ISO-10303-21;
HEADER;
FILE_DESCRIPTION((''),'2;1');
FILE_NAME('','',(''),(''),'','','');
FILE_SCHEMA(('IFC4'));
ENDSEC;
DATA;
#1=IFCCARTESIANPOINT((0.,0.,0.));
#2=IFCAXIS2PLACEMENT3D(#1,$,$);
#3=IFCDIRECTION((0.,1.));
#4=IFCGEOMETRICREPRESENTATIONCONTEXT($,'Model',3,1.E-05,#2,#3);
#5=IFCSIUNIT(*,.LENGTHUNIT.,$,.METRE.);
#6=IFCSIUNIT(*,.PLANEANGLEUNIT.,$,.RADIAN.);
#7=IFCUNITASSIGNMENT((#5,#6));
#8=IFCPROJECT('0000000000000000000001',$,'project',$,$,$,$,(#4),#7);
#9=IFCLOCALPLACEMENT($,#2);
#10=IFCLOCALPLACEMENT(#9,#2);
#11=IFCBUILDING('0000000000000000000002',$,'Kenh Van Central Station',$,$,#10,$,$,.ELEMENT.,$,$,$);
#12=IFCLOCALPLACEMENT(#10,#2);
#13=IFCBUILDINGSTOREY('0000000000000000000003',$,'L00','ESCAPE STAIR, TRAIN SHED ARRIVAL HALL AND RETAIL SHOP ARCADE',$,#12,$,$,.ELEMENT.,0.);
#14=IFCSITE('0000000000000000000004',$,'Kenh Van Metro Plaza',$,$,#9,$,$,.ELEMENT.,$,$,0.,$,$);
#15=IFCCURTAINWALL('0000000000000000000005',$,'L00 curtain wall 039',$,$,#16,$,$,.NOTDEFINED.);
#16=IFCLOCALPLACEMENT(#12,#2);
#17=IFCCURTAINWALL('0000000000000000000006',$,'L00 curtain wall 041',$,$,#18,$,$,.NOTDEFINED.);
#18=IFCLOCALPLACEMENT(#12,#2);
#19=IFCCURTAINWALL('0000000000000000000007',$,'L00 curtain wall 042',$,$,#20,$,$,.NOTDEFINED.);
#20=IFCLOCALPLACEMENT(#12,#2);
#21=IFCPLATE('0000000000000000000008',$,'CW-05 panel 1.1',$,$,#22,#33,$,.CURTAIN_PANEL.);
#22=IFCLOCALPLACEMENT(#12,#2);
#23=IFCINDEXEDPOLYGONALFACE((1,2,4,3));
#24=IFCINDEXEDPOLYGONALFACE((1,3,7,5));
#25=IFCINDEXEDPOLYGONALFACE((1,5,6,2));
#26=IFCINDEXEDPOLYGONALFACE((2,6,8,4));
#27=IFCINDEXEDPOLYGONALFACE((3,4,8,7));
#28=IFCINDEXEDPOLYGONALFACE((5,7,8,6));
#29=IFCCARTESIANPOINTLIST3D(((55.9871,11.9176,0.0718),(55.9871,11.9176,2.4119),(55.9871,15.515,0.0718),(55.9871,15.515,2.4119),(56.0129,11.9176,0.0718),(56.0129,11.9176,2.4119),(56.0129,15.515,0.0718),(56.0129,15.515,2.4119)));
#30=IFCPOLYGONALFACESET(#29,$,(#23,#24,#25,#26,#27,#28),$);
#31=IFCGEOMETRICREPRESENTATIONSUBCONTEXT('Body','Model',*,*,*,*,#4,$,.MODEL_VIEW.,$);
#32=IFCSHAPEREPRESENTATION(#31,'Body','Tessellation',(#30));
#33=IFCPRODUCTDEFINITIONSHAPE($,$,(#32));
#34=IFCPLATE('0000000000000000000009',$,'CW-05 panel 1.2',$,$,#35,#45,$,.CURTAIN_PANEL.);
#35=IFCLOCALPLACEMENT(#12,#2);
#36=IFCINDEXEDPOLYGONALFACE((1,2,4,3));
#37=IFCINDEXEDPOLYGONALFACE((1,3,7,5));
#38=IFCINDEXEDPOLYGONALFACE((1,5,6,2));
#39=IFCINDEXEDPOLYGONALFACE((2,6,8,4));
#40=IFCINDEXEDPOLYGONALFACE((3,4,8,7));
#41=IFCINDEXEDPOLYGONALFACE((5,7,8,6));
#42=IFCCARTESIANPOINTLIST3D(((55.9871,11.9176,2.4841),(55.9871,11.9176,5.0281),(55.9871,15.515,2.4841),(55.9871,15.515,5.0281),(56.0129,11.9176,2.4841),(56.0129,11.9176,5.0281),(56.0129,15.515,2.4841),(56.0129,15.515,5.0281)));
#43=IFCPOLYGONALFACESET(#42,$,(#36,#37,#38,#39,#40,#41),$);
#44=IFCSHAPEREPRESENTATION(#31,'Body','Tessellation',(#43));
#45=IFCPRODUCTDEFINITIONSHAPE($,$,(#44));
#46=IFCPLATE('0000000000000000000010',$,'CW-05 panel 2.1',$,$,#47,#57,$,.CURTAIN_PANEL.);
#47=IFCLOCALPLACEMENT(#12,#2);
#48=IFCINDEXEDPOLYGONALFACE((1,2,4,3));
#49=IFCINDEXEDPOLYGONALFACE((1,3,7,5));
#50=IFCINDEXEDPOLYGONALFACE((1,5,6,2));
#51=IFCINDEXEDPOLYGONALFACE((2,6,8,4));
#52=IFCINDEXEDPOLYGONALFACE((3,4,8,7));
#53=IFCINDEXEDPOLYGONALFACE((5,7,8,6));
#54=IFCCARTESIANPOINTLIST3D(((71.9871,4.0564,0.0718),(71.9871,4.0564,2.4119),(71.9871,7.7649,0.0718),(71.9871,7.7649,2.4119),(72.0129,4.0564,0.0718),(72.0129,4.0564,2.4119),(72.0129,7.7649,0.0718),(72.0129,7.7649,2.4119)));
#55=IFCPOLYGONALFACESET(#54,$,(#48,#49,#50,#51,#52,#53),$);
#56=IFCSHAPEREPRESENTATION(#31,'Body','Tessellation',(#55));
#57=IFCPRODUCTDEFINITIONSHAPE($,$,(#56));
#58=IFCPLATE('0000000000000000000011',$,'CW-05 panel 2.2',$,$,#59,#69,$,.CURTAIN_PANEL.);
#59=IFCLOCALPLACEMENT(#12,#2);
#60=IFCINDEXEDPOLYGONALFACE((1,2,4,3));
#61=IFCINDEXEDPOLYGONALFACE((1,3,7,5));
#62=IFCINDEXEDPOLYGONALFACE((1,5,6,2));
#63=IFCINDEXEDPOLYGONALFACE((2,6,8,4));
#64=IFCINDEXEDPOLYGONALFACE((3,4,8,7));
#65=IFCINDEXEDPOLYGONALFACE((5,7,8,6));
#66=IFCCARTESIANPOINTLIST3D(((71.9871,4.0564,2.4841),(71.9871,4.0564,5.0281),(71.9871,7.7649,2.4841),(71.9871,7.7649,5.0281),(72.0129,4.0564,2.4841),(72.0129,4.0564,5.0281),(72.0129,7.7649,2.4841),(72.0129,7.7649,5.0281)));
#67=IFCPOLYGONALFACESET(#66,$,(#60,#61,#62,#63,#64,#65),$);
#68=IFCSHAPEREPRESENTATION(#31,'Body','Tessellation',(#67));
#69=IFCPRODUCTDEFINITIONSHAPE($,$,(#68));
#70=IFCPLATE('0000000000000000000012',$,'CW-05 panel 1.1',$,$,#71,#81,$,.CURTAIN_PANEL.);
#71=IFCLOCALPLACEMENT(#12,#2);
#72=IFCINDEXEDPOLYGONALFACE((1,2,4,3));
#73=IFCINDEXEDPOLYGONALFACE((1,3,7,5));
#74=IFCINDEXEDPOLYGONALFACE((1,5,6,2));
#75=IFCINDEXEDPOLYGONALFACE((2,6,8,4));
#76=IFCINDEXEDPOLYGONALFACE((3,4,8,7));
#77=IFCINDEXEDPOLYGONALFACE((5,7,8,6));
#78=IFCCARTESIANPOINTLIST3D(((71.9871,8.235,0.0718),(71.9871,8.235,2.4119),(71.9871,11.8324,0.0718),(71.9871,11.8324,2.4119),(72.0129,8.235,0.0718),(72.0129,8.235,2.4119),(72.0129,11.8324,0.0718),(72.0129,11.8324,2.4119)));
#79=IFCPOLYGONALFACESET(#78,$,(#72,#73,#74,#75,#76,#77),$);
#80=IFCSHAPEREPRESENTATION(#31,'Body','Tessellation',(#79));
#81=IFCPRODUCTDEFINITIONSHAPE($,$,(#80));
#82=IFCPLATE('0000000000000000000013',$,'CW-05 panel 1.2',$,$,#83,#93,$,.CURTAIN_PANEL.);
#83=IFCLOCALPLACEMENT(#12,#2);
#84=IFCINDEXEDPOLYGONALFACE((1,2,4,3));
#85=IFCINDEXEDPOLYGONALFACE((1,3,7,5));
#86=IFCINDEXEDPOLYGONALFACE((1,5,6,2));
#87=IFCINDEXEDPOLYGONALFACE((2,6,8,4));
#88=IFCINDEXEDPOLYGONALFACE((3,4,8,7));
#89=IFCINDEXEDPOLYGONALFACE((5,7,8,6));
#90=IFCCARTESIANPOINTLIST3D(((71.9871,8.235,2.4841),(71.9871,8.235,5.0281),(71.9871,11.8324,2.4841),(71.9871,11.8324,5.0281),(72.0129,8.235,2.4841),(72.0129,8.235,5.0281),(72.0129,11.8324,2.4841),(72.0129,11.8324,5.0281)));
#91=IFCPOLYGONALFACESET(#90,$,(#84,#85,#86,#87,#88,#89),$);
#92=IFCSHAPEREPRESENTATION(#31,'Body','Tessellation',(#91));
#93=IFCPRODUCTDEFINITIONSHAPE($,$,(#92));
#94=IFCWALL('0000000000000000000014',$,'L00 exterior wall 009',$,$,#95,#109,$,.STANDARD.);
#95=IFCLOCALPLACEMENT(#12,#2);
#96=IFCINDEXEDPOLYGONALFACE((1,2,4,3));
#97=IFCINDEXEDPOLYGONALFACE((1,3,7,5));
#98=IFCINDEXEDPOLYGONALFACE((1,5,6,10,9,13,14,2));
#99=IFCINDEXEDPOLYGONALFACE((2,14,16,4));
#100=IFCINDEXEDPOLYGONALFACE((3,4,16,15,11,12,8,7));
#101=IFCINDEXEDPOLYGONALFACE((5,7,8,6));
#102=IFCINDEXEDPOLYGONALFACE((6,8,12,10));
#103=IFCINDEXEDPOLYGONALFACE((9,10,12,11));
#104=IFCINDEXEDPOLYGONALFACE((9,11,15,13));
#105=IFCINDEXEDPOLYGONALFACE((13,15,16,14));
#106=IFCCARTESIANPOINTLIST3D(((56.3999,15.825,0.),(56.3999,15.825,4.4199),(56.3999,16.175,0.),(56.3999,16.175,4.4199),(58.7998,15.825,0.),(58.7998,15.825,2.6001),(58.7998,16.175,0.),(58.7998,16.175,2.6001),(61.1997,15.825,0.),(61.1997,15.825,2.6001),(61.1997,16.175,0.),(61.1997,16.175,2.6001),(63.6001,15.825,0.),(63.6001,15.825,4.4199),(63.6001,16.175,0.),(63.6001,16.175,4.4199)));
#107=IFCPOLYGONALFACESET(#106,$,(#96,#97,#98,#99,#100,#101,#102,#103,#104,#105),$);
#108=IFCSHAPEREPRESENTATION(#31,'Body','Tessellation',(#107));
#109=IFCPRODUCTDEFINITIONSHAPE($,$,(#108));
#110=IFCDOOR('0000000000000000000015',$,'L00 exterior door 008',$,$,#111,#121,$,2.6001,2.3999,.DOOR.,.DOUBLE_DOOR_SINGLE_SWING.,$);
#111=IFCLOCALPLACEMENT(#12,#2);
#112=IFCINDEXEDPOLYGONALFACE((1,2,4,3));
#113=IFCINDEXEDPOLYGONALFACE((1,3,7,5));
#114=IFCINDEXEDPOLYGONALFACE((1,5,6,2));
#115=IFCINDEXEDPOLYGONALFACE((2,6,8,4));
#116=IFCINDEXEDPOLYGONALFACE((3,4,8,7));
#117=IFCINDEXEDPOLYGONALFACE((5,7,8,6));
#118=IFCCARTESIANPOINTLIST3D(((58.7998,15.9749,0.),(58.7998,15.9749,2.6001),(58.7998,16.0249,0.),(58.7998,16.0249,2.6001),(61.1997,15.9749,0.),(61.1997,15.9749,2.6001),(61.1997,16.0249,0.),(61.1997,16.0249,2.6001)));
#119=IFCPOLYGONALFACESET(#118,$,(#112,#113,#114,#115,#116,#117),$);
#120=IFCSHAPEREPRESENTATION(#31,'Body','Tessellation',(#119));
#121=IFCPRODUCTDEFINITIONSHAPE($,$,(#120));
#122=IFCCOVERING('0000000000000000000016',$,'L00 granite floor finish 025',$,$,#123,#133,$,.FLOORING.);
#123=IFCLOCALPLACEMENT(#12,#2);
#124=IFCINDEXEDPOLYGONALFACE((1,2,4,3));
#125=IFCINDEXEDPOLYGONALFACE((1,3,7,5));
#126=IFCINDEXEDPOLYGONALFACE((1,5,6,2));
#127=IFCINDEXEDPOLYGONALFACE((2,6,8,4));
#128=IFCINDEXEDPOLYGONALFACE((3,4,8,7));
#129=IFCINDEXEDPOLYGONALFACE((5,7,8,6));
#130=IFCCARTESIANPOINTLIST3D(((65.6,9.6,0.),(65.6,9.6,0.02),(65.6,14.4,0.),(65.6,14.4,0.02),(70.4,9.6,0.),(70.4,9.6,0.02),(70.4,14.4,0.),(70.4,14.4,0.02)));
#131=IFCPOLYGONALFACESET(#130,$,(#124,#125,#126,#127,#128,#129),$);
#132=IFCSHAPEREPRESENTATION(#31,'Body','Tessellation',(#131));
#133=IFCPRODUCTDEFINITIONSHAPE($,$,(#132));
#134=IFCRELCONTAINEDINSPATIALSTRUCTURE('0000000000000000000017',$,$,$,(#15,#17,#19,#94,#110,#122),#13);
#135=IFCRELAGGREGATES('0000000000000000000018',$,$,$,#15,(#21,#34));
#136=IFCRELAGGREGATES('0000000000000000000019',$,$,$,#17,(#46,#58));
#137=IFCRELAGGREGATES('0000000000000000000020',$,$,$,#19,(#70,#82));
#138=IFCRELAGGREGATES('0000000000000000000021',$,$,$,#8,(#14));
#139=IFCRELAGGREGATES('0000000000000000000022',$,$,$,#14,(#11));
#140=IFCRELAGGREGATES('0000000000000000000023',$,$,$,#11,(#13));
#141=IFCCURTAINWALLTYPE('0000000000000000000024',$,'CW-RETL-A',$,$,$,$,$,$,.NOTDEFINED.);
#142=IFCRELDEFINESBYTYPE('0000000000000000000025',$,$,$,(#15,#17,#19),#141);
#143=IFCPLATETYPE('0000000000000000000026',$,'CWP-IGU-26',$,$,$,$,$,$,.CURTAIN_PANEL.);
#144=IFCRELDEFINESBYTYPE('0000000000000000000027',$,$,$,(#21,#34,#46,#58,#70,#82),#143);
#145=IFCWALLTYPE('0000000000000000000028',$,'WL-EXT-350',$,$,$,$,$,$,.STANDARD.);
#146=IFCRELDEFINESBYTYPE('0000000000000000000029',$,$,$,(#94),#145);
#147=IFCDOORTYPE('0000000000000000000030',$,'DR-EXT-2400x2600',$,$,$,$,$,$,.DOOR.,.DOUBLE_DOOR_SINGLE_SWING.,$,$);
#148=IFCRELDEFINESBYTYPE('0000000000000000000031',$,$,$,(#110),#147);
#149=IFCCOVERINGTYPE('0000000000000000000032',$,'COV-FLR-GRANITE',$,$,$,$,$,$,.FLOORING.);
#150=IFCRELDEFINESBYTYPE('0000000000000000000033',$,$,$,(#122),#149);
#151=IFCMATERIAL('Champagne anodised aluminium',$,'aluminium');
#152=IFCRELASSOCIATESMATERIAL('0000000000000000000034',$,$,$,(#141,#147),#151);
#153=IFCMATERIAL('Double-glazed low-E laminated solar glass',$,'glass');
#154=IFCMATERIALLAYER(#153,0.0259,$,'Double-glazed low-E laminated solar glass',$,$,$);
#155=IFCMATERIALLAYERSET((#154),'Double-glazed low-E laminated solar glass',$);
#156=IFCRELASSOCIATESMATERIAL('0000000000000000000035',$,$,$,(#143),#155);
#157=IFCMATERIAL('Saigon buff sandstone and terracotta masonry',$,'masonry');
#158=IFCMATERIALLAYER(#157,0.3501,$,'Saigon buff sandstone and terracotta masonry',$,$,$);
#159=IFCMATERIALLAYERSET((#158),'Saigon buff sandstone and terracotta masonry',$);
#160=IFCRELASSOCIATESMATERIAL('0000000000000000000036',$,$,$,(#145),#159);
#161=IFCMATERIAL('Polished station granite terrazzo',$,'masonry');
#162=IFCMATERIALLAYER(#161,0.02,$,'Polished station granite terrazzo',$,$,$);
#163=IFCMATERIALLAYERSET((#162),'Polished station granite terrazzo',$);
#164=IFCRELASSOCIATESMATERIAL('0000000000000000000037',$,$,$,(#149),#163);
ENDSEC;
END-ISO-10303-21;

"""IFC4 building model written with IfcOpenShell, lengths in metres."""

from ifc_helpers import new_model, si_unit, direction, frame, frame_2d, origin, origin_2d, place, context, subcontext, project, spatial, rectangle, extrude, material, layer, layer_set, type_object, element, fill, aggregate, save


model = new_model("IFC4")

# Units and contexts
model_context = context("Model", 3, precision=1e-05, world=origin(), true_north=direction((0.0, 1.0)))
body_context = subcontext(model_context, "Body", "Model", "MODEL_VIEW")
ifc_project = project(units=[si_unit("LENGTHUNIT", "METRE"), si_unit("PLANEANGLEUNIT", "RADIAN")], contexts=[model_context])

# Site, building, storey
site_placement = place(None, origin())
site = spatial("IfcSite", under=ifc_project, at=site_placement, Name="Kenh Van Metro Plaza", CompositionType="ELEMENT", RefElevation=0.0)
building_placement = place(site_placement, origin())
building = spatial("IfcBuilding", under=site, at=building_placement, Name="Kenh Van Central Station", CompositionType="ELEMENT")
storey_placement = place(building_placement, origin())
storey = spatial("IfcBuildingStorey", under=building, at=storey_placement, Name="L00", Description="ESCAPE STAIR, TRAIN SHED ARRIVAL HALL AND RETAIL SHOP ARCADE", CompositionType="ELEMENT", Elevation=0.0)

# Curtain wall
ifc_material_1 = material(Name="Champagne anodised aluminium", Category="aluminium")
curtain_wall_type = type_object("IfcCurtainWallType", Name="CW-RETL-A", PredefinedType="NOTDEFINED", material=ifc_material_1)
curtain_wall_1_placement = place(storey_placement, origin())
curtain_wall_1 = element("IfcCurtainWall", 1, at=curtain_wall_1_placement, inside=storey, type_object=curtain_wall_type, Name="L00 curtain wall 039", PredefinedType="NOTDEFINED")

# Curtain wall
curtain_wall_2_placement = place(storey_placement, origin())
curtain_wall_2 = element("IfcCurtainWall", 2, at=curtain_wall_2_placement, inside=storey, type_object=curtain_wall_type, Name="L00 curtain wall 041", PredefinedType="NOTDEFINED")

# Curtain wall
curtain_wall_3_placement = place(storey_placement, origin())
curtain_wall_3 = element("IfcCurtainWall", 3, at=curtain_wall_3_placement, inside=storey, type_object=curtain_wall_type, Name="L00 curtain wall 042", PredefinedType="NOTDEFINED")

# Plates
ifc_material_2 = material(Name="Double-glazed low-E laminated solar glass", Category="glass")
ifc_layer_1 = layer(ifc_material_2, 0.0259, Name="Double-glazed low-E laminated solar glass")
ifc_layer_set_1 = layer_set([ifc_layer_1], Name="Double-glazed low-E laminated solar glass")
plate_type = type_object("IfcPlateType", Name="CWP-IGU-26", PredefinedType="CURTAIN_PANEL", material=ifc_layer_set_1)
plate_1_placement = place(storey_placement, frame((56.0, 13.7163, 0.0718), z_axis=(0.0, 0.0, 1.0), x_axis=(0.0, -1.0, 0.0)))
plate_1 = element("IfcPlate", 4, at=plate_1_placement, type_object=plate_type, Name="CW-05 panel 1.1", PredefinedType="CURTAIN_PANEL", context=body_context, shape_type="SweptSolid", body=[
    extrude(rectangle(XDim=3.5974, YDim=0.0259, at=origin_2d()), origin(), (0.0, 0.0, 1.0), 2.3401),
])
plate_2_placement = place(storey_placement, frame((56.0, 13.7163, 2.4841), z_axis=(0.0, 0.0, 1.0), x_axis=(0.0, -1.0, 0.0)))
plate_2 = element("IfcPlate", 5, at=plate_2_placement, type_object=plate_type, Name="CW-05 panel 1.2", PredefinedType="CURTAIN_PANEL", context=body_context, shape_type="SweptSolid", body=[
    extrude(rectangle(XDim=3.5974, YDim=0.0259, at=origin_2d()), origin(), (0.0, 0.0, 1.0), 2.5439),
])
aggregate(curtain_wall_1, [plate_1, plate_2])
plate_3_placement = place(storey_placement, frame((72.0, 5.9106, 0.0718), z_axis=(0.0, 0.0, 1.0), x_axis=(0.0, 1.0, 0.0)))
plate_3 = element("IfcPlate", 6, at=plate_3_placement, type_object=plate_type, Name="CW-05 panel 2.1", PredefinedType="CURTAIN_PANEL", context=body_context, shape_type="SweptSolid", body=[
    extrude(rectangle(XDim=3.7085, YDim=0.0259, at=origin_2d()), origin(), (0.0, 0.0, 1.0), 2.3401),
])
plate_4_placement = place(storey_placement, frame((72.0, 5.9106, 2.4841), z_axis=(0.0, 0.0, 1.0), x_axis=(0.0, 1.0, 0.0)))
plate_4 = element("IfcPlate", 7, at=plate_4_placement, type_object=plate_type, Name="CW-05 panel 2.2", PredefinedType="CURTAIN_PANEL", context=body_context, shape_type="SweptSolid", body=[
    extrude(rectangle(XDim=3.7085, YDim=0.0259, at=origin_2d()), origin(), (0.0, 0.0, 1.0), 2.5439),
])
aggregate(curtain_wall_2, [plate_3, plate_4])
plate_5_placement = place(storey_placement, frame((72.0, 10.0337, 0.0718), z_axis=(0.0, 0.0, 1.0), x_axis=(0.0, 1.0, 0.0)))
plate_5 = element("IfcPlate", 8, at=plate_5_placement, type_object=plate_type, Name="CW-05 panel 1.1", PredefinedType="CURTAIN_PANEL", context=body_context, shape_type="SweptSolid", body=[
    extrude(rectangle(XDim=3.5974, YDim=0.0259, at=origin_2d()), origin(), (0.0, 0.0, 1.0), 2.3401),
])
plate_6_placement = place(storey_placement, frame((72.0, 10.0337, 2.4841), z_axis=(0.0, 0.0, 1.0), x_axis=(0.0, 1.0, 0.0)))
plate_6 = element("IfcPlate", 9, at=plate_6_placement, type_object=plate_type, Name="CW-05 panel 1.2", PredefinedType="CURTAIN_PANEL", context=body_context, shape_type="SweptSolid", body=[
    extrude(rectangle(XDim=3.5974, YDim=0.0259, at=origin_2d()), origin(), (0.0, 0.0, 1.0), 2.5439),
])
aggregate(curtain_wall_3, [plate_5, plate_6])

# Wall, opening, door
ifc_material_3 = material(Name="Saigon buff sandstone and terracotta masonry", Category="masonry")
ifc_layer_2 = layer(ifc_material_3, 0.3501, Name="Saigon buff sandstone and terracotta masonry")
ifc_layer_set_2 = layer_set([ifc_layer_2], Name="Saigon buff sandstone and terracotta masonry")
wall_type = type_object("IfcWallType", Name="WL-EXT-350", PredefinedType="STANDARD", material=ifc_layer_set_2)
wall_placement = place(storey_placement, frame((56.3999, 16.0, 0.0), z_axis=(0.0, 0.0, 1.0), x_axis=(1.0, 0.0, 0.0)))
wall = element("IfcWall", 10, at=wall_placement, inside=storey, type_object=wall_type, Name="L00 exterior wall 009", PredefinedType="STANDARD", context=body_context, shape_type="SweptSolid", body=[
    extrude(rectangle(XDim=7.2002, YDim=0.3501, at=frame_2d((3.6001, 0.0))), origin(), (0.0, 0.0, 1.0), 4.4199),
])
opening_placement = place(wall_placement, frame((2.3999, 0.0, 0.0)))
opening = element("IfcOpeningElement", 11, at=opening_placement, cuts=wall, PredefinedType="OPENING", context=body_context, shape_type="SweptSolid", body=[
    extrude(rectangle(XDim=2.3999, YDim=2.6001, at=frame_2d((1.2, 1.3))), frame((0.0, 0.1851, 0.0), z_axis=(0.0, -1.0, 0.0), x_axis=(1.0, 0.0, 0.0)), (0.0, 0.0, 1.0), 0.3701),
])
door_type = type_object("IfcDoorType", Name="DR-EXT-2400x2600", OperationType="DOUBLE_DOOR_SINGLE_SWING", PredefinedType="DOOR", material=ifc_material_1)
door_placement = place(opening_placement, frame((2.3999, 0.0, 0.0), z_axis=(0.0, 0.0, 1.0), x_axis=(-1.0, 0.0, 0.0)))
door = element("IfcDoor", 12, at=door_placement, inside=storey, type_object=door_type, Name="L00 exterior door 008", OperationType="DOUBLE_DOOR_SINGLE_SWING", OverallHeight=2.6001, OverallWidth=2.3999, PredefinedType="DOOR", context=body_context, shape_type="SweptSolid", body=[
    extrude(rectangle(XDim=2.3999, YDim=2.6001, at=frame_2d((-1.2, 1.3))), frame((0.0, -0.0249, 0.0), z_axis=(0.0, 1.0, 0.0), x_axis=(-1.0, 0.0, 0.0)), (0.0, 0.0, 1.0), 0.05),
])
fill(opening, door)

# Covering
ifc_material_4 = material(Name="Polished station granite terrazzo", Category="masonry")
ifc_layer_3 = layer(ifc_material_4, 0.02, Name="Polished station granite terrazzo")
ifc_layer_set_3 = layer_set([ifc_layer_3], Name="Polished station granite terrazzo")
covering_type = type_object("IfcCoveringType", Name="COV-FLR-GRANITE", PredefinedType="FLOORING", material=ifc_layer_set_3)
covering_placement = place(storey_placement, frame((68.0, 12.0, 0.0), z_axis=(0.0, 0.0, 1.0), x_axis=(1.0, 0.0, 0.0)))
element("IfcCovering", 13, at=covering_placement, inside=storey, type_object=covering_type, Name="L00 granite floor finish 025", PredefinedType="FLOORING", context=body_context, shape_type="SweptSolid", body=[
    extrude(rectangle(XDim=4.8, YDim=4.8, at=origin_2d()), origin(), (0.0, 0.0, 1.0), 0.02),
])

save(model, "model.ifc")
